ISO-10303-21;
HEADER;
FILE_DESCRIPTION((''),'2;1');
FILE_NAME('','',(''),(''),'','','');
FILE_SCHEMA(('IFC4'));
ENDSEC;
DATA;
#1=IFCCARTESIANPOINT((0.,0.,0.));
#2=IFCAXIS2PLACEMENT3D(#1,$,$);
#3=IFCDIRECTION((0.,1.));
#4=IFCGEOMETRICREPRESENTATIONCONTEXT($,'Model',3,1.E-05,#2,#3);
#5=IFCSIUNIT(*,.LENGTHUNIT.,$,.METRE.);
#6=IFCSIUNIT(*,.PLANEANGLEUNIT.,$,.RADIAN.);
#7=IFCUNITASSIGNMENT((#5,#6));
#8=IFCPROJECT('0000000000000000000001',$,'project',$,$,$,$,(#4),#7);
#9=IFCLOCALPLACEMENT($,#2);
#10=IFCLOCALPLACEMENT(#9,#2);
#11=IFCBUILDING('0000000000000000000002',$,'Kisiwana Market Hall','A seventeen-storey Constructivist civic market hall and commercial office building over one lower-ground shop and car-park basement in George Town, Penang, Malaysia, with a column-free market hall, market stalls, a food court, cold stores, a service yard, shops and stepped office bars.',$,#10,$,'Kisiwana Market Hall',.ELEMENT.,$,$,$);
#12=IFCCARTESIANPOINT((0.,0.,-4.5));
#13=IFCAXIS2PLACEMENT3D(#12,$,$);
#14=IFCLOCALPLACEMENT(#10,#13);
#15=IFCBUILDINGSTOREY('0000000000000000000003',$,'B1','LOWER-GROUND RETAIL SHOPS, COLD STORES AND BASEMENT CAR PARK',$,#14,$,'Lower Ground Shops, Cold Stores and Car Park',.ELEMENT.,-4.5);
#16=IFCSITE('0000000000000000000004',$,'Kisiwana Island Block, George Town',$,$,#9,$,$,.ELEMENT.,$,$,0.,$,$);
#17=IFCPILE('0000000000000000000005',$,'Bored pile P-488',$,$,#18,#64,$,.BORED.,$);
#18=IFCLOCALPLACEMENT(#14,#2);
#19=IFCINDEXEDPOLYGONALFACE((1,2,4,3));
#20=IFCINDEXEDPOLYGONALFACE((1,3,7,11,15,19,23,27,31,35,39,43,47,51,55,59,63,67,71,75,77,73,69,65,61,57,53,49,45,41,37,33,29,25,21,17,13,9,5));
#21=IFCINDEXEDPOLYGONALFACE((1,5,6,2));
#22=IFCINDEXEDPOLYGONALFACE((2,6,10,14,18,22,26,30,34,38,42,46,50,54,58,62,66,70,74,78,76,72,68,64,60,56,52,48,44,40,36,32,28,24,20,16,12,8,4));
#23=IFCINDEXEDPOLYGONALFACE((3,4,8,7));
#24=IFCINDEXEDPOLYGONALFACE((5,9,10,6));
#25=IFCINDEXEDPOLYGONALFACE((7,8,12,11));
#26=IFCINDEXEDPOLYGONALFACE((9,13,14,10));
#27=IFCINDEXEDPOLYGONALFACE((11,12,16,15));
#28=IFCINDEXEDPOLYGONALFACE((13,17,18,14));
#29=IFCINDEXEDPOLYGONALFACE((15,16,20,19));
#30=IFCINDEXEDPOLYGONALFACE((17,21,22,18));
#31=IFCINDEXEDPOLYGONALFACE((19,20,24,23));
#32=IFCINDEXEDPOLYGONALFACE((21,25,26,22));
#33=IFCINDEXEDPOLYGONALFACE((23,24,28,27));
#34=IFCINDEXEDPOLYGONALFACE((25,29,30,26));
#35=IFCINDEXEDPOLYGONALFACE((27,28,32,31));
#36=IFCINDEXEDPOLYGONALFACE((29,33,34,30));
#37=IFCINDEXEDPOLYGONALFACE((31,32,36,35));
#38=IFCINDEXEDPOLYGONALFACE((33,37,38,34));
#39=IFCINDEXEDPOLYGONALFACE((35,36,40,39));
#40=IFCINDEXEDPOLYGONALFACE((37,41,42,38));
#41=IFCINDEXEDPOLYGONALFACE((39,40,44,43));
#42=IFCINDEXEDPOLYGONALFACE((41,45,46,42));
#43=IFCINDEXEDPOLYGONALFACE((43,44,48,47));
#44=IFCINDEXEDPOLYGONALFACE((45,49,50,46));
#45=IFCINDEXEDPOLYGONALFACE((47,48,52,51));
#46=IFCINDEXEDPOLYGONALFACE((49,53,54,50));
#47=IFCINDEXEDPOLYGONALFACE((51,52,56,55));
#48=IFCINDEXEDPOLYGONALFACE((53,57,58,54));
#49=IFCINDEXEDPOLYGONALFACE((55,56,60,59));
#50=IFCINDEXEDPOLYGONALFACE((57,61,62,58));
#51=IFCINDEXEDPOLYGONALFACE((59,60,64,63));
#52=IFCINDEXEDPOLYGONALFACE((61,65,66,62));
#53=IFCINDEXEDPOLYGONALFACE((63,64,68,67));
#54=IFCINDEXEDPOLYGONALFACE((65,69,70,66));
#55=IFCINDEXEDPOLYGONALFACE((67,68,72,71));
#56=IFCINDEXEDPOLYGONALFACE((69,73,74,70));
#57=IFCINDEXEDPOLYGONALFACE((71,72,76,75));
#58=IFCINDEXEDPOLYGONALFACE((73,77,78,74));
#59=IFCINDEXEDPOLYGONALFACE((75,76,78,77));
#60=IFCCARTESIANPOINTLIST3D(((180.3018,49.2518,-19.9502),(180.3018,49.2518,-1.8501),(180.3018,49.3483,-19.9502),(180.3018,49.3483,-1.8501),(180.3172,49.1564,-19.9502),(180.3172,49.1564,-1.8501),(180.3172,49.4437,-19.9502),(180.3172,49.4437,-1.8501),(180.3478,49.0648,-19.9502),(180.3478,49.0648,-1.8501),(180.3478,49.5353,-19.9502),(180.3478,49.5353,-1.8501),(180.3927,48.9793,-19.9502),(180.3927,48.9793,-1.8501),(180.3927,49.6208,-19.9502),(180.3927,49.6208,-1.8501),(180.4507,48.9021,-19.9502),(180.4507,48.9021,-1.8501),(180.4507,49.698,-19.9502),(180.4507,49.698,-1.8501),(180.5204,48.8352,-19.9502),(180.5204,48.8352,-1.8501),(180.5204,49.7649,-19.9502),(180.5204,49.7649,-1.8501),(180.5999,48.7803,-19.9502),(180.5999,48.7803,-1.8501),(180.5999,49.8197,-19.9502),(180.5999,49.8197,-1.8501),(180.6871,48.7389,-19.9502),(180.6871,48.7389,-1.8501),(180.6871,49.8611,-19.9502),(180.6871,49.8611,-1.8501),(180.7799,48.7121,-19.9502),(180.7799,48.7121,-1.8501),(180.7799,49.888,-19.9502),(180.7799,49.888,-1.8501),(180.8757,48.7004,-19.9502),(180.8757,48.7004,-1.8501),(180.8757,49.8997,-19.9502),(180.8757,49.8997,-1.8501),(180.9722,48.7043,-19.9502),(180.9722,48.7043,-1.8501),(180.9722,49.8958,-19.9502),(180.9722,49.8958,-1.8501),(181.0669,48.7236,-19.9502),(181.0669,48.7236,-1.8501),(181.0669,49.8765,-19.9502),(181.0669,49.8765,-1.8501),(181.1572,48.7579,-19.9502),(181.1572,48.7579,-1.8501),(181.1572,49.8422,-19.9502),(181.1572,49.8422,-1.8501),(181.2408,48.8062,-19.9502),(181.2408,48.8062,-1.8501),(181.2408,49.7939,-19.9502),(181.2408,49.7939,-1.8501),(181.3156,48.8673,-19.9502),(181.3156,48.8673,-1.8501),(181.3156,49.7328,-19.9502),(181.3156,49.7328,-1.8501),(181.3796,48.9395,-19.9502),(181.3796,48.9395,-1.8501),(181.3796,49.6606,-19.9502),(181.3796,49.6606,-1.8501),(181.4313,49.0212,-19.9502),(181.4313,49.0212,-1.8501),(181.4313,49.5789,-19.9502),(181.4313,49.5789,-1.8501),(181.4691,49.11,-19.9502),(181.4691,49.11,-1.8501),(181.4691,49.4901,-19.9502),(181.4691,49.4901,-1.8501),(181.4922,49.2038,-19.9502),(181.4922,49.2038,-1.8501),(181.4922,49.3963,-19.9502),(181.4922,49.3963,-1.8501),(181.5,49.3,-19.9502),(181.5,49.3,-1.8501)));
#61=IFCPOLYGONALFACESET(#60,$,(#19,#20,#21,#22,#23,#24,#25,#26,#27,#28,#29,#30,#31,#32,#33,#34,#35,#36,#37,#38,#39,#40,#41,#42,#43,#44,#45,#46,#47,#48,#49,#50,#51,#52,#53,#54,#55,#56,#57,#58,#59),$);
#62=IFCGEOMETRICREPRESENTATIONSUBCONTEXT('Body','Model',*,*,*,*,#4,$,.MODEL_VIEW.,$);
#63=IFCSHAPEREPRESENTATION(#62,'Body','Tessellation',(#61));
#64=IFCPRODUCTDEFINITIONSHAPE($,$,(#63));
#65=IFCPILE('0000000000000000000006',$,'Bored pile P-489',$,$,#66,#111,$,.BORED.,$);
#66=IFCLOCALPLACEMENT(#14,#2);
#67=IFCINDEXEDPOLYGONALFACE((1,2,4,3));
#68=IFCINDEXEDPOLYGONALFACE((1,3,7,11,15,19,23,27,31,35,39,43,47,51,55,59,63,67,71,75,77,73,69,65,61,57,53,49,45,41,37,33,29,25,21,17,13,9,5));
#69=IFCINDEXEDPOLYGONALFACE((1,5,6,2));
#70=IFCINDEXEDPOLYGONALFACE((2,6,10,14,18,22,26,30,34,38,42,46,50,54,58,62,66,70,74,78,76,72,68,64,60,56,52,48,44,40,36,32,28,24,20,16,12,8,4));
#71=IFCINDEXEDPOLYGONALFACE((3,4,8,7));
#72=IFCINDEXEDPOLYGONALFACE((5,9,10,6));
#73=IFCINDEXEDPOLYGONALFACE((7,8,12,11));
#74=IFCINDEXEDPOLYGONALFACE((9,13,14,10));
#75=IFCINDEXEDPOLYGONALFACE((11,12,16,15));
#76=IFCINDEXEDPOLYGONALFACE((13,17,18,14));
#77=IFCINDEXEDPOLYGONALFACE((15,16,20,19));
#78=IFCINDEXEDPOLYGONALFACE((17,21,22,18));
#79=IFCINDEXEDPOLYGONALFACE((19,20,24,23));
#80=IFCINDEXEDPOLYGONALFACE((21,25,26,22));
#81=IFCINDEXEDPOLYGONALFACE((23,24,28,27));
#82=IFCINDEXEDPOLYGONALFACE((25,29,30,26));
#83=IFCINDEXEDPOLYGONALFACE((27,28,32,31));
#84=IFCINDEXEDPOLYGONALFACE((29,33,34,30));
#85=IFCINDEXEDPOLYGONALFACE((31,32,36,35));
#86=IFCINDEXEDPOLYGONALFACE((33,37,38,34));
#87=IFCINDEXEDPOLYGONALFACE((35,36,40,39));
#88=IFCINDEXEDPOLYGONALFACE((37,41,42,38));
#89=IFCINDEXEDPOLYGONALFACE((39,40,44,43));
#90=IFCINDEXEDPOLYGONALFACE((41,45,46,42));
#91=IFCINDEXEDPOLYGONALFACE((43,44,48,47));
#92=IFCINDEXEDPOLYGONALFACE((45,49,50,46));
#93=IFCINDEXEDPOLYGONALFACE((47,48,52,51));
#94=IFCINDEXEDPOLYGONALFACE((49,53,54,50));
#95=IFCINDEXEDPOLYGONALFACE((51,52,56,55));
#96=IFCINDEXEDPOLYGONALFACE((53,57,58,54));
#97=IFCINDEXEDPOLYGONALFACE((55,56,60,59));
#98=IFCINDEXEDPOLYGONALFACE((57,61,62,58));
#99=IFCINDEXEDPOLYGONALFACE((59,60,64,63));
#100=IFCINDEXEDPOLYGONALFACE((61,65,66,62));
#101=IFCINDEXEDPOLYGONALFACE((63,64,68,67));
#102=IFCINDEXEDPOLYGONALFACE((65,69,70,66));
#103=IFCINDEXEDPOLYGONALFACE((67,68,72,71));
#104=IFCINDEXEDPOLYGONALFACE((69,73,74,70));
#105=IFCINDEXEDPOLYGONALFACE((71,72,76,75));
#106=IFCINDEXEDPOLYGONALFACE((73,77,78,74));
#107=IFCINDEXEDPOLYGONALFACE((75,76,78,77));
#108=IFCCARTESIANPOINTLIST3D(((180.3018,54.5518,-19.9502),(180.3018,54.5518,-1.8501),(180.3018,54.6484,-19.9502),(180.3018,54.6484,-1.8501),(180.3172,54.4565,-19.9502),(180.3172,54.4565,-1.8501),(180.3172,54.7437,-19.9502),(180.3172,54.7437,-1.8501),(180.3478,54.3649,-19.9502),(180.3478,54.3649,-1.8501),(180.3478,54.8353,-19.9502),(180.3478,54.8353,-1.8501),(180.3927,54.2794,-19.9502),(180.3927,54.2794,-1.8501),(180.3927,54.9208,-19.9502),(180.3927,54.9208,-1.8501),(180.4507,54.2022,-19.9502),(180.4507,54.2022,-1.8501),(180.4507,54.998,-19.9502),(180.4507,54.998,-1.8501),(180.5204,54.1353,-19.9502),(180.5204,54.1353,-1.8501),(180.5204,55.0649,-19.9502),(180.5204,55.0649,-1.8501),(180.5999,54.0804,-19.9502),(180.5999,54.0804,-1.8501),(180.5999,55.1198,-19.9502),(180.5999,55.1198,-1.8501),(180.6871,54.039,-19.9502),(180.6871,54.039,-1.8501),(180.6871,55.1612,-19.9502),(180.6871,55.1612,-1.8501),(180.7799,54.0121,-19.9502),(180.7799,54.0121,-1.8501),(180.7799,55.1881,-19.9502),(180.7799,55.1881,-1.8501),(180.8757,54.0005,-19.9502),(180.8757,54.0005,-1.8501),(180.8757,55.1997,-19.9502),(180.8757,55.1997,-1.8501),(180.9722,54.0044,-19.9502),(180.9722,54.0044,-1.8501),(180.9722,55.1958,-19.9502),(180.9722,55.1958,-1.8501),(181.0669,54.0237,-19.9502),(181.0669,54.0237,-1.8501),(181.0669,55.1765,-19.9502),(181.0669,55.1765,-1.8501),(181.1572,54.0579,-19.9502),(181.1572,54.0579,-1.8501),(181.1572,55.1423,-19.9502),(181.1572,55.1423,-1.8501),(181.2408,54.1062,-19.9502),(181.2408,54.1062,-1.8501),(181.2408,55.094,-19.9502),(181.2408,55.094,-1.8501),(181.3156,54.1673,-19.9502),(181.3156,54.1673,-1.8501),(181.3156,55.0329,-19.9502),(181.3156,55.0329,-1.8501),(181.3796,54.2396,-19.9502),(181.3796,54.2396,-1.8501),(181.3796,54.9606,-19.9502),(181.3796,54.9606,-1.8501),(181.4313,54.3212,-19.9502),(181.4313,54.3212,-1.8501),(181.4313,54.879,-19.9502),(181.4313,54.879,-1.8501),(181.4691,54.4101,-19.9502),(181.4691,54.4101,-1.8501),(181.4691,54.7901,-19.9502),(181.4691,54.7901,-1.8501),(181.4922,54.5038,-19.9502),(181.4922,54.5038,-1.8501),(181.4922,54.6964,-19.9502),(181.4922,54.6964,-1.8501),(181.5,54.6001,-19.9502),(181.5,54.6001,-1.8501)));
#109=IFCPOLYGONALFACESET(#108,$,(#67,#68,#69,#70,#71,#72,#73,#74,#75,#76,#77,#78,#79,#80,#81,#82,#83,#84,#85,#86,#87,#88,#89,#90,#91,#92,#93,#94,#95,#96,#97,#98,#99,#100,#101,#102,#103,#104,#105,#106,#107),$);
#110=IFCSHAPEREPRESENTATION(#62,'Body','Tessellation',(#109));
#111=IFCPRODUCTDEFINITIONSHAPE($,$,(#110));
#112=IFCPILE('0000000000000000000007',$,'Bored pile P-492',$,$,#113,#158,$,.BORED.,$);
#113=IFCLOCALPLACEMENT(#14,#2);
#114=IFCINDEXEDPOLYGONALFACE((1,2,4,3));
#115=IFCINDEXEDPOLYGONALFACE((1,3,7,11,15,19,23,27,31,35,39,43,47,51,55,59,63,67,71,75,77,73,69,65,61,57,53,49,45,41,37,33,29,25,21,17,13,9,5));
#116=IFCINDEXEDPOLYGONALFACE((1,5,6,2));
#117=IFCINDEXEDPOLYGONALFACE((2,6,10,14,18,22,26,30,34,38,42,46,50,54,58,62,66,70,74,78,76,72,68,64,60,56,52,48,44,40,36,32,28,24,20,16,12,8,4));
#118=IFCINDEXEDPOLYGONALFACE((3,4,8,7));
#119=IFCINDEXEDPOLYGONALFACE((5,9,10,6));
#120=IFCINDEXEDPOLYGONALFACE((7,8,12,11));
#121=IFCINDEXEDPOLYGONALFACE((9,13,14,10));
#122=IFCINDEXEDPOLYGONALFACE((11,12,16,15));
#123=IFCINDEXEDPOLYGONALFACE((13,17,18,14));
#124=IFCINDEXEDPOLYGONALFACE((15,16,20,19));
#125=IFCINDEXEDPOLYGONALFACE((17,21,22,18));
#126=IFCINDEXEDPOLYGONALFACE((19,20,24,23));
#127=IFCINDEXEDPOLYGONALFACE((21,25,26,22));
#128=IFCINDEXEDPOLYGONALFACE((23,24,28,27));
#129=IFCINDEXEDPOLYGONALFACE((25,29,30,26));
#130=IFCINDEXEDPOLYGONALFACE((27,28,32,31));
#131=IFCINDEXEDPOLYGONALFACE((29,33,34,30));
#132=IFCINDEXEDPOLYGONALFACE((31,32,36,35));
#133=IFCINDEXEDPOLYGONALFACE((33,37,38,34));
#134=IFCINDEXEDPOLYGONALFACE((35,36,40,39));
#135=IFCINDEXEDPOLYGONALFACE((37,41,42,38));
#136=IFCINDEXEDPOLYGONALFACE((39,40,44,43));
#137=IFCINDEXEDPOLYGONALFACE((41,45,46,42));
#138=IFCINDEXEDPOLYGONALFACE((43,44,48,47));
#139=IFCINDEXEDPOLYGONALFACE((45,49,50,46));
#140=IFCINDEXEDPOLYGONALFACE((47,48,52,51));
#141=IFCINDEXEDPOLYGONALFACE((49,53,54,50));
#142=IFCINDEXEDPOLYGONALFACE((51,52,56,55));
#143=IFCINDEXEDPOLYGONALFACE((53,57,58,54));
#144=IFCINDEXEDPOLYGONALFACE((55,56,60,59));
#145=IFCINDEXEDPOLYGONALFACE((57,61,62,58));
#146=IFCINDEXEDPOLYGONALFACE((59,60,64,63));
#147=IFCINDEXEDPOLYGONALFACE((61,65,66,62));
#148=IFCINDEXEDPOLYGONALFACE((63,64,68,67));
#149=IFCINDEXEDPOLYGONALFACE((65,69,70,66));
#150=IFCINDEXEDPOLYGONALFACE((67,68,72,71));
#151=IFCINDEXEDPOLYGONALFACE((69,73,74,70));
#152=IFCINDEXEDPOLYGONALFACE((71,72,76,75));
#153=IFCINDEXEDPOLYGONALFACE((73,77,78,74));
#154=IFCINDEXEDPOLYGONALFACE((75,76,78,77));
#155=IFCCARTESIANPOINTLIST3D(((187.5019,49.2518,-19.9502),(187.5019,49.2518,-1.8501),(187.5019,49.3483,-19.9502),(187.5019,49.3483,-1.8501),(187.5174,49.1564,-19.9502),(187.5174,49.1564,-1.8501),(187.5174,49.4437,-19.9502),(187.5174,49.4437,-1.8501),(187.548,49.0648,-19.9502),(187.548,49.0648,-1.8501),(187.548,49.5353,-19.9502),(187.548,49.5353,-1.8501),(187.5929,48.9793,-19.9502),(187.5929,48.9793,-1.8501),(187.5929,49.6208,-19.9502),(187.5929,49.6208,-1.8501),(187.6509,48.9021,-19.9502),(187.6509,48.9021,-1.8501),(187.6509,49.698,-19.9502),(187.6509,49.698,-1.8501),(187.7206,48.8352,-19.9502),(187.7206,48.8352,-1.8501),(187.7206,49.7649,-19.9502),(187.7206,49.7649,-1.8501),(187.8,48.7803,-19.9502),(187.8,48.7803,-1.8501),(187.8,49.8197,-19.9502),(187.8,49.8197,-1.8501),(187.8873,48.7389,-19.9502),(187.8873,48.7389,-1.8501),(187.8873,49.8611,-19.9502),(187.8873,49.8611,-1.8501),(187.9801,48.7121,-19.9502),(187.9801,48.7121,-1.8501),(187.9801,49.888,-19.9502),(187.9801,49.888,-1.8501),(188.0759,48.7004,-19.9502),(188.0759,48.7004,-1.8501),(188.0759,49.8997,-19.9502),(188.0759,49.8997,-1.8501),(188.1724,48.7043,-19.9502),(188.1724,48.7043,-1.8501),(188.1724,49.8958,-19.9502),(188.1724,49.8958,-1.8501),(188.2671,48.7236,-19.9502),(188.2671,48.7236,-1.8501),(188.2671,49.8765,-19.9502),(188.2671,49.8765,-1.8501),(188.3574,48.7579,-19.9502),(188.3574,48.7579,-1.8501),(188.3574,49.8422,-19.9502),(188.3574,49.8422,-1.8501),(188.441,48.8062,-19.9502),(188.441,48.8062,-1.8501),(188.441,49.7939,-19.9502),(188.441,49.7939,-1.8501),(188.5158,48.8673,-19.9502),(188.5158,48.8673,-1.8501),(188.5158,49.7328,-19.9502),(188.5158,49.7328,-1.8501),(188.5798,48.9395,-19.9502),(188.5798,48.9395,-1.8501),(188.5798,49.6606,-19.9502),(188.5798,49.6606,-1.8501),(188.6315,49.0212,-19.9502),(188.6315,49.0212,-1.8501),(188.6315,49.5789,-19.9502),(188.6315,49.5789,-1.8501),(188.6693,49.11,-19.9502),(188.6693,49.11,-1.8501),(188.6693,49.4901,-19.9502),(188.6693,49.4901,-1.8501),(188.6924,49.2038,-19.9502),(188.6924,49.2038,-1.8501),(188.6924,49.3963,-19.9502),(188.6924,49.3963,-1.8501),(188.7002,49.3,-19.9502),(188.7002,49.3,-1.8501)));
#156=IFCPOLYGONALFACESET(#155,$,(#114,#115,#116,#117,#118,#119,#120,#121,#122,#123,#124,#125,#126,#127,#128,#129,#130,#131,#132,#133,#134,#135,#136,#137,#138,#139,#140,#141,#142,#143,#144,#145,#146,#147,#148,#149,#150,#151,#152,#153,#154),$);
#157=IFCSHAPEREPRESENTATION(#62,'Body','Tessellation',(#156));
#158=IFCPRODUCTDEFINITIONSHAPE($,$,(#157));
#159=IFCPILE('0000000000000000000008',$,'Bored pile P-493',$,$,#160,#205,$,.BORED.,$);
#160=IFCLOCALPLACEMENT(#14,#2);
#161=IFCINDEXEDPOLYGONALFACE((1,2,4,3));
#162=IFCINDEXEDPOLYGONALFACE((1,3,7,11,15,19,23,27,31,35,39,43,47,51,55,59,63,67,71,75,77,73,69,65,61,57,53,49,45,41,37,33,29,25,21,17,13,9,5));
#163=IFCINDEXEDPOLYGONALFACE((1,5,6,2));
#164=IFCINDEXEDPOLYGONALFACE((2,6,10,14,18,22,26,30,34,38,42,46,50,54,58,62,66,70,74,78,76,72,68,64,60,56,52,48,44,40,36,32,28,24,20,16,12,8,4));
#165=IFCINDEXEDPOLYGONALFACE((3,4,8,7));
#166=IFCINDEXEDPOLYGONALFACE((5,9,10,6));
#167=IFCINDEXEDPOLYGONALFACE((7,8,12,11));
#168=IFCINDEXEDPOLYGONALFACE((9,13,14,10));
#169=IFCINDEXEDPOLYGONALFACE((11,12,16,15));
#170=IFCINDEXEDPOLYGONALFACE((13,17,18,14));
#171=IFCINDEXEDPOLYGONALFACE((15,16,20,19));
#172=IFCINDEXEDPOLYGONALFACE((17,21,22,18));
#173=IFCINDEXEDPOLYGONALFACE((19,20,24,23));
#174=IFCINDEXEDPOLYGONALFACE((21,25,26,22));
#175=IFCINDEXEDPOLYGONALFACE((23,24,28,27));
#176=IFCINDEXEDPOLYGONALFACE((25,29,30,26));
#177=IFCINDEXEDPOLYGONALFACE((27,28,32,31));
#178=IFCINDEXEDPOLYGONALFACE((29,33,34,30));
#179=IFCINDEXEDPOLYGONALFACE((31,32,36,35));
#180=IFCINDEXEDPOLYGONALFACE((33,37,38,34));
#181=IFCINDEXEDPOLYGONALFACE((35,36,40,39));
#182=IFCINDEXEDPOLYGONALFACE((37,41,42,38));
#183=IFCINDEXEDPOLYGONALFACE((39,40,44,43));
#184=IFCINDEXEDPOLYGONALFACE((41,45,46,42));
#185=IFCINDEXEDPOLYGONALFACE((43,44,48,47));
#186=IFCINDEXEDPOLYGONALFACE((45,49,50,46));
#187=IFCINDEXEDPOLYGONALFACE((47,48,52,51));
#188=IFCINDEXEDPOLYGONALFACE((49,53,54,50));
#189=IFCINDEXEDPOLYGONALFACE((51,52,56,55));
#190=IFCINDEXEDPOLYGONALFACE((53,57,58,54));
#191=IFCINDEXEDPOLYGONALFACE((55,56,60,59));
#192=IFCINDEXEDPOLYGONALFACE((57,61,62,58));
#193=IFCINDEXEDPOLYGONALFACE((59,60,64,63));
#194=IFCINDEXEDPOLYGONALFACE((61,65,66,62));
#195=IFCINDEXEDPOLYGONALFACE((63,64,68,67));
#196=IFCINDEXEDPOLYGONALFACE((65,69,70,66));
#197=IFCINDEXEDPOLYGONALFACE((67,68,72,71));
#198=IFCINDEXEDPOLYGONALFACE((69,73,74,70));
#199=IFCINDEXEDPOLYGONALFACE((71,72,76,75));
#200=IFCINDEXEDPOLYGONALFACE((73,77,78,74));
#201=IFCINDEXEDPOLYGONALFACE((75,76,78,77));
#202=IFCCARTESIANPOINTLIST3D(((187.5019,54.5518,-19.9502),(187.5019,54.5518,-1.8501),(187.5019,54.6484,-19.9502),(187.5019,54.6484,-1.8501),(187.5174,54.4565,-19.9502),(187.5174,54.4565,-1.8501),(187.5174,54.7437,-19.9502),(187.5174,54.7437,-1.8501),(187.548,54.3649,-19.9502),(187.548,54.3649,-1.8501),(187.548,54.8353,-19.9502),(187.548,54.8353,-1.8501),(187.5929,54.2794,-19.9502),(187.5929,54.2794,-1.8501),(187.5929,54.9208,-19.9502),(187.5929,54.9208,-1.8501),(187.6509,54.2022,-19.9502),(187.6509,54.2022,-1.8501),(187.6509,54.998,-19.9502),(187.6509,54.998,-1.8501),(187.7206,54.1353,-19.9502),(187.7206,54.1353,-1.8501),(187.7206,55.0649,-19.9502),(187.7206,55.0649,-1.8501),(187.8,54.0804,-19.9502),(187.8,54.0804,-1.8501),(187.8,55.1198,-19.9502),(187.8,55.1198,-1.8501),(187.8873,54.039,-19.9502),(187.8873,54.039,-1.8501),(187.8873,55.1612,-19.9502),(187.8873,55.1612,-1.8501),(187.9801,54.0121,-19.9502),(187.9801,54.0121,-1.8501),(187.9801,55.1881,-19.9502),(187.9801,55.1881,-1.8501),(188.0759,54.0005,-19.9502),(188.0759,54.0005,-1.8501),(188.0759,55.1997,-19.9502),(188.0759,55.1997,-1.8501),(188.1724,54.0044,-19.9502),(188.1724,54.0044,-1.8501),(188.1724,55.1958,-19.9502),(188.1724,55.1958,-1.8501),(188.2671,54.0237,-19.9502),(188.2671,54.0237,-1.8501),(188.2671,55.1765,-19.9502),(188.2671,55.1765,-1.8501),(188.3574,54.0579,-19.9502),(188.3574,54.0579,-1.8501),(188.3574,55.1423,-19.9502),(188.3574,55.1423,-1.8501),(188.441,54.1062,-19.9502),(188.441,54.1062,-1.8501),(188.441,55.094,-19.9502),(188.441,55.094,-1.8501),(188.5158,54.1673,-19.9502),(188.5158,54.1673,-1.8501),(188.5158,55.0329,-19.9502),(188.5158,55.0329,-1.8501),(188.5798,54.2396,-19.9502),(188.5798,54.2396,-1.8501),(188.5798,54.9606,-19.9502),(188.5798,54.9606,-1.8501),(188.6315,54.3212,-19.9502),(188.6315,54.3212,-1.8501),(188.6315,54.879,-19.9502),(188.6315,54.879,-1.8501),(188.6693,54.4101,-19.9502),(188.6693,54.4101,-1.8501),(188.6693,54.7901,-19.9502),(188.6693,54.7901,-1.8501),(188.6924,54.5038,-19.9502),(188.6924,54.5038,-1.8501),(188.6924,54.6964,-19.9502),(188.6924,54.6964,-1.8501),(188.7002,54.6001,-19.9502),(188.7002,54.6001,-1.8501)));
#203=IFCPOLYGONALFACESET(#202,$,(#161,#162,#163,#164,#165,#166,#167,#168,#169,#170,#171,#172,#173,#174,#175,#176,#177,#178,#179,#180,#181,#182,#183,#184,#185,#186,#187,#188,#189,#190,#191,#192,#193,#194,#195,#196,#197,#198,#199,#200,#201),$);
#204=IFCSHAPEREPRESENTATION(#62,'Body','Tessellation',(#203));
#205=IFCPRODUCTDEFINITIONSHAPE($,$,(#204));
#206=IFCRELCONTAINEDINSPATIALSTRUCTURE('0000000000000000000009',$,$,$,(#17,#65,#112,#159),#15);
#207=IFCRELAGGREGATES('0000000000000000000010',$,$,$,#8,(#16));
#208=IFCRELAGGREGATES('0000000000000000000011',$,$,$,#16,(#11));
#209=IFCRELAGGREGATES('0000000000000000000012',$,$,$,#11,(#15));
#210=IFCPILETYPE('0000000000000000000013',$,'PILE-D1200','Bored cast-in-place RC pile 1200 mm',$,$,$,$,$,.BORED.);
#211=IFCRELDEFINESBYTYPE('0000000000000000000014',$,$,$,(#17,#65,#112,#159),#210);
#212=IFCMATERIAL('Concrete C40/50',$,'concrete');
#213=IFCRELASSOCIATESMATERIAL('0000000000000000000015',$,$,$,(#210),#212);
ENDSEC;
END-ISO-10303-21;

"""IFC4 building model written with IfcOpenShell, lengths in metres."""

from ifc_helpers import new_model, si_unit, direction, frame, origin, origin_2d, place, context, subcontext, project, spatial, circle, extrude, material, material_profile, profile_set, type_object, element, save


model = new_model("IFC4")

# Units and contexts
model_context = context("Model", 3, precision=1e-05, world=origin(), true_north=direction((0.0, 1.0)))
body_context = subcontext(model_context, "Body", "Model", "MODEL_VIEW")
ifc_project = project(units=[si_unit("LENGTHUNIT", "METRE"), si_unit("PLANEANGLEUNIT", "RADIAN")], contexts=[model_context])

# Site, building, storey
site_placement = place(None, origin())
site = spatial("IfcSite", under=ifc_project, at=site_placement, Name="Kisiwana Island Block, George Town", CompositionType="ELEMENT", RefElevation=0.0)
building_placement = place(site_placement, origin())
building = spatial("IfcBuilding", under=site, at=building_placement, Name="Kisiwana Market Hall", Description="A seventeen-storey Constructivist civic market hall and commercial office building over one lower-ground shop and car-park basement in George Town, Penang, Malaysia, with a column-free market hall, market stalls, a food court, cold stores, a service yard, shops and stepped office bars.", LongName="Kisiwana Market Hall", CompositionType="ELEMENT")
storey_placement = place(building_placement, frame((0.0, 0.0, -4.5)))
storey = spatial("IfcBuildingStorey", under=building, at=storey_placement, Name="B1", Description="LOWER-GROUND RETAIL SHOPS, COLD STORES AND BASEMENT CAR PARK", LongName="Lower Ground Shops, Cold Stores and Car Park", CompositionType="ELEMENT", Elevation=-4.5)

# Piles
ifc_material_1 = material(Name="Concrete C40/50", Category="concrete")
ifc_material_profile_1 = material_profile(ifc_material_1, circle(Radius=0.6001, at=origin_2d()), Name="BP D1200")
ifc_profile_set_1 = profile_set([ifc_material_profile_1], Name="Concrete C40/50")
pile_type_1 = type_object("IfcPileType", Name="PILE-D1200", Description="Bored cast-in-place RC pile 1200 mm", PredefinedType="BORED", material=ifc_profile_set_1)
for number, where, z_axis, x_axis, name in (
    (1, (180.8999, 49.3, -1.8501), (0.0, 0.0, -1.0), (1.0, 0.0, 0.0), "Bored pile P-488"),
    (2, (180.8999, 54.6001, -1.8501), (0.0, 0.0, -1.0), (1.0, 0.0, 0.0), "Bored pile P-489"),
    (3, (188.1001, 49.3, -1.8501), (0.0, 0.0, -1.0), (1.0, 0.0, 0.0), "Bored pile P-492"),
    (4, (188.1001, 54.6001, -1.8501), (0.0, 0.0, -1.0), (1.0, 0.0, 0.0), "Bored pile P-493"),
):
    element("IfcPile", number, at=place(storey_placement, frame(where, z_axis=z_axis, x_axis=x_axis)), inside=storey, type_object=pile_type_1, Name=name, PredefinedType="BORED", context=body_context, shape_type="SweptSolid", body=[
        extrude(circle(Radius=0.6001, at=origin_2d()), origin(), (0.0, 0.0, 1.0), 18.1001),
    ])

save(model, "model.ifc")
